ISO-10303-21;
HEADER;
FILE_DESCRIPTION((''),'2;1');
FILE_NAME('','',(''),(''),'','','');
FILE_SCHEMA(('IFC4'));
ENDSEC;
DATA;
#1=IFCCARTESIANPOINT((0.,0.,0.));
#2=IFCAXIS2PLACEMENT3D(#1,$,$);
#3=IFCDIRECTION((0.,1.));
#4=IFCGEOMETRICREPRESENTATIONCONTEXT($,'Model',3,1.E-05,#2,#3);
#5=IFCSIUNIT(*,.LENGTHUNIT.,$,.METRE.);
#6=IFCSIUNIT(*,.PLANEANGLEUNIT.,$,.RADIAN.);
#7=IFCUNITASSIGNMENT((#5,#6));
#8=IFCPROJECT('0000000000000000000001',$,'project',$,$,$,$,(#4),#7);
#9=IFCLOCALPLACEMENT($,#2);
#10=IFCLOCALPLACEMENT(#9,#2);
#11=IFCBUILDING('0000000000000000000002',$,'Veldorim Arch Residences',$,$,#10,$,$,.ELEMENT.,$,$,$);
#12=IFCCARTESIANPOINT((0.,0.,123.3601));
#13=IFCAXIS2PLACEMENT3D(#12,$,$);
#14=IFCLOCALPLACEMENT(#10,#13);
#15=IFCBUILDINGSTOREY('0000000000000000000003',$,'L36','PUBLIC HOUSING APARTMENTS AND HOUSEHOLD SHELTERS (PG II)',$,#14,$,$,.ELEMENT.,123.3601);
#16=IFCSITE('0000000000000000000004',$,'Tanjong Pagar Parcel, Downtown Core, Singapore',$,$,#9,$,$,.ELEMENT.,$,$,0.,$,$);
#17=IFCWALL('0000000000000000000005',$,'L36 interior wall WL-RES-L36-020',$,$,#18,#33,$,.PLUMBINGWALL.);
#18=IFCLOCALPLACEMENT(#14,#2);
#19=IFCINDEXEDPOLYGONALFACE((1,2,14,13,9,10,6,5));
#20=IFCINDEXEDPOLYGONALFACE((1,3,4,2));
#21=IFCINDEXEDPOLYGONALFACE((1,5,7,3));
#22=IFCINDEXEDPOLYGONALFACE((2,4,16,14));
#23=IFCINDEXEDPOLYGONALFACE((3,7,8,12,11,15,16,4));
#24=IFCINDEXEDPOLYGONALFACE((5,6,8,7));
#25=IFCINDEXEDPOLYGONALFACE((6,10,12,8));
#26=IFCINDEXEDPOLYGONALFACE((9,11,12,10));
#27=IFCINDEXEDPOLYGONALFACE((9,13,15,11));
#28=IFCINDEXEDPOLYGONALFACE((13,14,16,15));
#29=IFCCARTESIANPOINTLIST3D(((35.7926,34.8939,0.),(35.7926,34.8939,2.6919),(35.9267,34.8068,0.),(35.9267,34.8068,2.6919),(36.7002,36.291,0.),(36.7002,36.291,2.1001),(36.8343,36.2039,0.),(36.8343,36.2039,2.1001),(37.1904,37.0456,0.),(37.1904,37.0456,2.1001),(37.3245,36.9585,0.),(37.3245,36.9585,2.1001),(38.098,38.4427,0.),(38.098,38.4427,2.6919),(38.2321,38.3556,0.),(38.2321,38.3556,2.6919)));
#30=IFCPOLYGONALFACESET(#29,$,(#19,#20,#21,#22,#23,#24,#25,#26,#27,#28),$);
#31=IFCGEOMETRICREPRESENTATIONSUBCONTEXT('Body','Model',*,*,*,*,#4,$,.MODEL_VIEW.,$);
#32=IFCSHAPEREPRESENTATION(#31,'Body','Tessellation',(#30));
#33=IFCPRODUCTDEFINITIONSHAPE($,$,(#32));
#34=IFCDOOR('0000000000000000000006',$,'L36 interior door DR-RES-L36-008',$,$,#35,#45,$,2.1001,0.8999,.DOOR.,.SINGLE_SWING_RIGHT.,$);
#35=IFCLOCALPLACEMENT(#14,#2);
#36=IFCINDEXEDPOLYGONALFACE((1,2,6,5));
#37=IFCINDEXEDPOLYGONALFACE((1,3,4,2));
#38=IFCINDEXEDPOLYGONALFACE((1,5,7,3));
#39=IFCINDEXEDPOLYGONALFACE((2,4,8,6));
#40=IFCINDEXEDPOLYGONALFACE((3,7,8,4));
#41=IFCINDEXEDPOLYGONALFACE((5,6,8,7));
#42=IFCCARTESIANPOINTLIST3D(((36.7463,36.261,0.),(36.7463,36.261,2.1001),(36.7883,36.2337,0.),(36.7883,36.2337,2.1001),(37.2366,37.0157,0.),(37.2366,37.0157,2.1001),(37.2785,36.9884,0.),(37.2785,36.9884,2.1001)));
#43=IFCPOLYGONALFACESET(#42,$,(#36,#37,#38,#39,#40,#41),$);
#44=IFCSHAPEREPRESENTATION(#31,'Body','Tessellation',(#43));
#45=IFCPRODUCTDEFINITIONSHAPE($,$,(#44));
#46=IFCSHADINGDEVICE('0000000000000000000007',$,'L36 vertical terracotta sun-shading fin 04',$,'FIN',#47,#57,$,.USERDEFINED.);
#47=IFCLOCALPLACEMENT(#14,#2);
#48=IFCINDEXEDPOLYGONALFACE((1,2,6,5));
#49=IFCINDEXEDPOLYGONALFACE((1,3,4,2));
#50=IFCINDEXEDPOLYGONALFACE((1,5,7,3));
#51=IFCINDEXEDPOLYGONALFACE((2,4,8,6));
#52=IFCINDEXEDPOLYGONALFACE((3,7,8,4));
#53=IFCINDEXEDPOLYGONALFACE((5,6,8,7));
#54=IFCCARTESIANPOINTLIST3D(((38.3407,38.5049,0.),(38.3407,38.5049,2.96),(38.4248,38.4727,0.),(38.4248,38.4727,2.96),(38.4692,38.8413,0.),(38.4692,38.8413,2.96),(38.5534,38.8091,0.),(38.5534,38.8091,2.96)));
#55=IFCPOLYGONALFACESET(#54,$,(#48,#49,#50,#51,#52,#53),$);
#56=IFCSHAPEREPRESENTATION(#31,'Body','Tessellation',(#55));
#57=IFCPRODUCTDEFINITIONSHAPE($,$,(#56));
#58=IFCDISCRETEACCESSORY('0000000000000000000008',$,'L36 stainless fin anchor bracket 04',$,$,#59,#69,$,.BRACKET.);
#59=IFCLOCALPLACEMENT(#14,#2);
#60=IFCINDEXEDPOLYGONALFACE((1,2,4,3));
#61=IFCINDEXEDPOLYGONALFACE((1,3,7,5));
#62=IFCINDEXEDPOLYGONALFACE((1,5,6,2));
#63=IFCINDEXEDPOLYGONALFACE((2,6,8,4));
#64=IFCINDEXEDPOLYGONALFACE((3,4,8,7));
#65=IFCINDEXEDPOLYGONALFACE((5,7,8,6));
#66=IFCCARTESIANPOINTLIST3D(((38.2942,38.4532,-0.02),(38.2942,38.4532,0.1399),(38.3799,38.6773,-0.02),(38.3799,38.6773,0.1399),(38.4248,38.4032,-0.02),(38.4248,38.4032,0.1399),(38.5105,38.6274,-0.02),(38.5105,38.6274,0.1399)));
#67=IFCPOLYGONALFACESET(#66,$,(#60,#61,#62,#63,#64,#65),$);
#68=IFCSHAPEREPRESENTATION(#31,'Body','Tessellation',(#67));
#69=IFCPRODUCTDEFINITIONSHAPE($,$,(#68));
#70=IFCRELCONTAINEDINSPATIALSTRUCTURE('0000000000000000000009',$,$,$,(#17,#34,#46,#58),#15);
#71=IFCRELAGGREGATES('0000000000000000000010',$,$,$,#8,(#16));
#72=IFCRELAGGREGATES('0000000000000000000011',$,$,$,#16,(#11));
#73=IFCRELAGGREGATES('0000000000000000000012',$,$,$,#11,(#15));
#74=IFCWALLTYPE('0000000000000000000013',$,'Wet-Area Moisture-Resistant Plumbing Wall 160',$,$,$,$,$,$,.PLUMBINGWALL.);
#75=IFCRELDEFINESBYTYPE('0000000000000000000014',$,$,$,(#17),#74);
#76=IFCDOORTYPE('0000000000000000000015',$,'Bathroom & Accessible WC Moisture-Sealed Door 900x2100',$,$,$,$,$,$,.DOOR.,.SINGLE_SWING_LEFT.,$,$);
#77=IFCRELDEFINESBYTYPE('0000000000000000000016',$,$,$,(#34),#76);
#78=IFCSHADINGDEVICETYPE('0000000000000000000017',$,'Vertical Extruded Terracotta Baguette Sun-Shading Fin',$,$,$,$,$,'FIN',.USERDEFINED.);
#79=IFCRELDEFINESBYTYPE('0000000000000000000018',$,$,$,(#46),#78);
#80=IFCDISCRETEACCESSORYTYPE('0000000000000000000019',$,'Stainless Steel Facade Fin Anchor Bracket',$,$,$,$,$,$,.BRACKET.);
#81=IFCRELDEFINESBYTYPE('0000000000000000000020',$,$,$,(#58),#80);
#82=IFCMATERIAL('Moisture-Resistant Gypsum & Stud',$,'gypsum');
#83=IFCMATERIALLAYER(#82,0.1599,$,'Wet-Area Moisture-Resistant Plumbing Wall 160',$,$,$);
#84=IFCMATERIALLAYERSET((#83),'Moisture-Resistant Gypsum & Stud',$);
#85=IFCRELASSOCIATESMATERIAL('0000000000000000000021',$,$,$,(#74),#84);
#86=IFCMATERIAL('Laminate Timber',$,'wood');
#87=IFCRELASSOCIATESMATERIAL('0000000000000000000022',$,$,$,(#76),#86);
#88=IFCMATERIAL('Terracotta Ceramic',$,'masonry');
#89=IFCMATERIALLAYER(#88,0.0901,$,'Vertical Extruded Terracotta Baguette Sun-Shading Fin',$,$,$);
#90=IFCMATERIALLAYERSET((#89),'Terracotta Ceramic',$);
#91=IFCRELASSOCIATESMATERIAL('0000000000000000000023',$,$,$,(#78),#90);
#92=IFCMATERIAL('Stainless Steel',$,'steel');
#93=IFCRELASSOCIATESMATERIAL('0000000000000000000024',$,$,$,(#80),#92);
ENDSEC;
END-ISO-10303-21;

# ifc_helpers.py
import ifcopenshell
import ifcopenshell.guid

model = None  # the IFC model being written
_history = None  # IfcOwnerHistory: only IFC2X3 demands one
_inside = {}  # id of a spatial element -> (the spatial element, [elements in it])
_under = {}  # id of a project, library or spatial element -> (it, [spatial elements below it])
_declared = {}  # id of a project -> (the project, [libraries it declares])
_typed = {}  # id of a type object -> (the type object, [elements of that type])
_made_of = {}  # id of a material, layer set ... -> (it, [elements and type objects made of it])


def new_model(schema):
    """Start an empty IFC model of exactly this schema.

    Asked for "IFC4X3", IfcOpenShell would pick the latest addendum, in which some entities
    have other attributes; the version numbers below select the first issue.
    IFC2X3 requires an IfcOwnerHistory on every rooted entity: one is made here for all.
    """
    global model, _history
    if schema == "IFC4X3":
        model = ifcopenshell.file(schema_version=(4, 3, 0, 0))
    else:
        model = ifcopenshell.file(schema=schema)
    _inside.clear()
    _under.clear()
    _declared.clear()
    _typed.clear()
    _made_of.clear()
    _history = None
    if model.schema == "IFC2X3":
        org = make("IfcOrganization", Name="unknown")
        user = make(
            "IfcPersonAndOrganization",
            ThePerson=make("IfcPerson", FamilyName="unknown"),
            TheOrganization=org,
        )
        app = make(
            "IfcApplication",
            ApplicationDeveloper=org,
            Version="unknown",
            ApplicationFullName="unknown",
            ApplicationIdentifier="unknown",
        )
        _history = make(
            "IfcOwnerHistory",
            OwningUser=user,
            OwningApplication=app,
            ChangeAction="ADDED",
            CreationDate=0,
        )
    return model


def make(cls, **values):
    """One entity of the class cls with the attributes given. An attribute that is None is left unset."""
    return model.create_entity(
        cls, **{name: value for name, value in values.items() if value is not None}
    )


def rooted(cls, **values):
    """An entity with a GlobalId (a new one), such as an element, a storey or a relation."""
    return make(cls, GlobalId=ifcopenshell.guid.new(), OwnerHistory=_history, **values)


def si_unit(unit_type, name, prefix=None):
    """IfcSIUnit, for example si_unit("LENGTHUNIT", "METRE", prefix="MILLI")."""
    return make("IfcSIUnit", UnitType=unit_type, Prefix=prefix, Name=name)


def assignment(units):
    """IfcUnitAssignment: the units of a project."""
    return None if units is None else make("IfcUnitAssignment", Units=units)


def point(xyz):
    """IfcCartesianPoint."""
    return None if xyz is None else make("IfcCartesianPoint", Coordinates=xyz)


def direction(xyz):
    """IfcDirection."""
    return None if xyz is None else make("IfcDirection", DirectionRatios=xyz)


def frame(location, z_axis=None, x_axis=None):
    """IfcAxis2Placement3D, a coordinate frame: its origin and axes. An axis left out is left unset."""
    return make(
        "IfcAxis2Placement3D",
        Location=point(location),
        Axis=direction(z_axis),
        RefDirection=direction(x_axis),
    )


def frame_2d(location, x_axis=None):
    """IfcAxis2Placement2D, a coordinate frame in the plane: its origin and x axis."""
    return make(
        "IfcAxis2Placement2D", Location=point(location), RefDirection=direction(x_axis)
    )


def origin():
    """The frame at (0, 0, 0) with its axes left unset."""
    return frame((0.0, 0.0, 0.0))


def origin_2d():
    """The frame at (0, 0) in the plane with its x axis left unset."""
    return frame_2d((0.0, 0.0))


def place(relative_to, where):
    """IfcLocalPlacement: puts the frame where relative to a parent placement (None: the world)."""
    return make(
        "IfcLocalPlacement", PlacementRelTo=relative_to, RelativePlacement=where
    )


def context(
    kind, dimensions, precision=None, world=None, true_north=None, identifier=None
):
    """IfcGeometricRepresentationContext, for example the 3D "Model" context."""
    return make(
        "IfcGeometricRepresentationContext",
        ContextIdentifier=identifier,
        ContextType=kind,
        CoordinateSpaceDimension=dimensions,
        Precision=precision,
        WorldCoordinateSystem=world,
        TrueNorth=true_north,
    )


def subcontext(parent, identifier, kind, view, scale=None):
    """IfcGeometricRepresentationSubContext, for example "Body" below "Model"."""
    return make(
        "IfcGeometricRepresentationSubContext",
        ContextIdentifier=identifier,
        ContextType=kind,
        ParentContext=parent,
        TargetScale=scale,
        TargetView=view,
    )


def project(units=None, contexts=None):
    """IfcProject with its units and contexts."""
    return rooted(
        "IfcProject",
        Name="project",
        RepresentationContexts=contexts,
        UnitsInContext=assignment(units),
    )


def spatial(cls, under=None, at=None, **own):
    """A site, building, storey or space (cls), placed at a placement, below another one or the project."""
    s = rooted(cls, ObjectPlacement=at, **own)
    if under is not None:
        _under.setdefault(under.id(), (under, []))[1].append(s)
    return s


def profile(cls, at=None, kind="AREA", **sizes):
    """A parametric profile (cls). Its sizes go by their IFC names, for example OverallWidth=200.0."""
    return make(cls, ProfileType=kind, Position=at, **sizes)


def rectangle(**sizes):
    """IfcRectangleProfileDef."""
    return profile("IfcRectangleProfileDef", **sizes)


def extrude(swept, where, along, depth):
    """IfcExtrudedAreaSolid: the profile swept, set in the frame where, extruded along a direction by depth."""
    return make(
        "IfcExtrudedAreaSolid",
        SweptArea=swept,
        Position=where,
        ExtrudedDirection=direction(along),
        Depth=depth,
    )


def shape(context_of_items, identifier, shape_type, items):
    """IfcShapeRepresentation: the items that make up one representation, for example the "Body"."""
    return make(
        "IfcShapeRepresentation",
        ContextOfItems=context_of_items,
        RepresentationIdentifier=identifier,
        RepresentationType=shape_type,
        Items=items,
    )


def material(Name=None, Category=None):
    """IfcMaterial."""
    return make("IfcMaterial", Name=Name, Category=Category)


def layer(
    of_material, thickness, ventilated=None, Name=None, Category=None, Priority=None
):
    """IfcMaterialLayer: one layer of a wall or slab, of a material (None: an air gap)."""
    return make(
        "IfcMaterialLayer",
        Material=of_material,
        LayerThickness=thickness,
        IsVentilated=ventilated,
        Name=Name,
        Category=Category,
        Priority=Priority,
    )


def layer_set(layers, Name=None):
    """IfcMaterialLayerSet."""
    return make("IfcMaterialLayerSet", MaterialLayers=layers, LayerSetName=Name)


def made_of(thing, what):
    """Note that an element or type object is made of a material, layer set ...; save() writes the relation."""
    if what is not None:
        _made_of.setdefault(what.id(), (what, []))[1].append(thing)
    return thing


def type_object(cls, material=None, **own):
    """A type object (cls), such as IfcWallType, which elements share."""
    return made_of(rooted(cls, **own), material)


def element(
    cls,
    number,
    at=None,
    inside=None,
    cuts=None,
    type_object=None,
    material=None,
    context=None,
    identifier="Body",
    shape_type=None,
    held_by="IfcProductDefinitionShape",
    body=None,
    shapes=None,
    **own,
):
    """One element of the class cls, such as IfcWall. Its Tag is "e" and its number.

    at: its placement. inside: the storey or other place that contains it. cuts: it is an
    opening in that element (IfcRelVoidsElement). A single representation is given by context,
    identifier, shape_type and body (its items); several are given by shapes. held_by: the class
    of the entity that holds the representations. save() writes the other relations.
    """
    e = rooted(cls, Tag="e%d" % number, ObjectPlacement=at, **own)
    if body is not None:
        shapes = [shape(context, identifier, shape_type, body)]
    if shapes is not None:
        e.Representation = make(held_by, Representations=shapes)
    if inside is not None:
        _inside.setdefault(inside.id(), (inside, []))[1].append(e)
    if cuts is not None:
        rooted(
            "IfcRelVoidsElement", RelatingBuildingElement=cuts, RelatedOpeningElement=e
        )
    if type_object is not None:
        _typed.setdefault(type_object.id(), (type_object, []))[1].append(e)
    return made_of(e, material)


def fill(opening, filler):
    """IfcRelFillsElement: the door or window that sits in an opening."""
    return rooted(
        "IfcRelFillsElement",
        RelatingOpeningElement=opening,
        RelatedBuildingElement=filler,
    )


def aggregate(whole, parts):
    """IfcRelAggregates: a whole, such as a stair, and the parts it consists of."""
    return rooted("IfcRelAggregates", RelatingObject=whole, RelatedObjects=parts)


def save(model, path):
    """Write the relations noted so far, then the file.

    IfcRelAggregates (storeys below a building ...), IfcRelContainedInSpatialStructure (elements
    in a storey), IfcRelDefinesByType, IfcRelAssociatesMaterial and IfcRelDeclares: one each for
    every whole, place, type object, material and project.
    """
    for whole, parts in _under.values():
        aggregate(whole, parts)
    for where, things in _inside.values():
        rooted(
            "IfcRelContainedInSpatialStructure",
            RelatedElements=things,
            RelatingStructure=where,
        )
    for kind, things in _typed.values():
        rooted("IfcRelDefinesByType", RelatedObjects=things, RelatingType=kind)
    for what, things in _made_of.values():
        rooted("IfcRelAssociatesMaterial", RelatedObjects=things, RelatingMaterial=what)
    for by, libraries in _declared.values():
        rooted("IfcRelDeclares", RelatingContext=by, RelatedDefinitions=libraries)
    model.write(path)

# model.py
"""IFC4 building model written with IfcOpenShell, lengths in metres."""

from ifc_helpers import new_model, si_unit, direction, frame, frame_2d, origin, origin_2d, place, context, subcontext, project, spatial, rectangle, extrude, material, layer, layer_set, type_object, element, fill, save


model = new_model("IFC4")

# Units and contexts
model_context = context("Model", 3, precision=1e-05, world=origin(), true_north=direction((0.0, 1.0)))
body_context = subcontext(model_context, "Body", "Model", "MODEL_VIEW")
ifc_project = project(units=[si_unit("LENGTHUNIT", "METRE"), si_unit("PLANEANGLEUNIT", "RADIAN")], contexts=[model_context])

# Site, building, storey
site_placement = place(None, origin())
site = spatial("IfcSite", under=ifc_project, at=site_placement, Name="Tanjong Pagar Parcel, Downtown Core, Singapore", CompositionType="ELEMENT", RefElevation=0.0)
building_placement = place(site_placement, origin())
building = spatial("IfcBuilding", under=site, at=building_placement, Name="Veldorim Arch Residences", CompositionType="ELEMENT")
storey_placement = place(building_placement, frame((0.0, 0.0, 123.3601)))
storey = spatial("IfcBuildingStorey", under=building, at=storey_placement, Name="L36", Description="PUBLIC HOUSING APARTMENTS AND HOUSEHOLD SHELTERS (PG II)", CompositionType="ELEMENT", Elevation=123.3601)

# Wall, opening, door
ifc_material_1 = material(Name="Moisture-Resistant Gypsum & Stud", Category="gypsum")
ifc_layer_1 = layer(ifc_material_1, 0.1599, Name="Wet-Area Moisture-Resistant Plumbing Wall 160")
ifc_layer_set_1 = layer_set([ifc_layer_1], Name="Moisture-Resistant Gypsum & Stud")
wall_type_1 = type_object("IfcWallType", Name="Wet-Area Moisture-Resistant Plumbing Wall 160", PredefinedType="PLUMBINGWALL", material=ifc_layer_set_1)
wall_1_placement = place(storey_placement, frame((35.8596, 34.8503, 0.0), z_axis=(0.0, 0.0, 1.0), x_axis=(0.544769, 0.838586, 0.0)))
wall_1 = element("IfcWall", 1, at=wall_1_placement, inside=storey, type_object=wall_type_1, Name="L36 interior wall WL-RES-L36-020", PredefinedType="PLUMBINGWALL", context=body_context, shape_type="SweptSolid", body=[
    extrude(rectangle(XDim=4.2319, YDim=0.1599, at=frame_2d((2.116, 0.0))), origin(), (0.0, 0.0, 1.0), 2.6919),
])
opening_1_placement = place(wall_1_placement, frame((1.666, 0.0, 0.0)))
opening_1 = element("IfcOpeningElement", 2, at=opening_1_placement, cuts=wall_1, PredefinedType="OPENING", context=body_context, shape_type="SweptSolid", body=[
    extrude(rectangle(XDim=0.8999, YDim=2.1001, at=frame_2d((0.45, 1.05))), frame((0.0, 0.0898, 0.0), z_axis=(0.0, -1.0, 0.0), x_axis=(1.0, 0.0, 0.0)), (0.0, 0.0, 1.0), 0.1799),
])
ifc_material_2 = material(Name="Laminate Timber", Category="wood")
door_type = type_object("IfcDoorType", Name="Bathroom & Accessible WC Moisture-Sealed Door 900x2100", OperationType="SINGLE_SWING_LEFT", PredefinedType="DOOR", material=ifc_material_2)
door_placement = place(opening_1_placement, origin())
door = element("IfcDoor", 3, at=door_placement, inside=storey, type_object=door_type, Name="L36 interior door DR-RES-L36-008", OperationType="SINGLE_SWING_RIGHT", OverallHeight=2.1001, OverallWidth=0.8999, PredefinedType="DOOR", context=body_context, shape_type="SweptSolid", body=[
    extrude(rectangle(XDim=0.8999, YDim=2.1001, at=frame_2d((0.45, 1.05))), frame((0.0, 0.0249, 0.0), z_axis=(0.0, -1.0, 0.0), x_axis=(1.0, 0.0, 0.0)), (0.0, 0.0, 1.0), 0.05),
])
fill(opening_1, door)

# Shading device
ifc_material_3 = material(Name="Terracotta Ceramic", Category="masonry")
ifc_layer_2 = layer(ifc_material_3, 0.0901, Name="Vertical Extruded Terracotta Baguette Sun-Shading Fin")
ifc_layer_set_2 = layer_set([ifc_layer_2], Name="Terracotta Ceramic")
shading_device_type = type_object("IfcShadingDeviceType", Name="Vertical Extruded Terracotta Baguette Sun-Shading Fin", ElementType="FIN", PredefinedType="USERDEFINED", material=ifc_layer_set_2)
shading_device_placement = place(storey_placement, frame((38.447, 38.657, 0.0), z_axis=(0.0, 0.0, 1.0), x_axis=(0.93408, -0.357064, 0.0)))
element("IfcShadingDevice", 4, at=shading_device_placement, inside=storey, type_object=shading_device_type, Name="L36 vertical terracotta sun-shading fin 04", ObjectType="FIN", PredefinedType="USERDEFINED", context=body_context, shape_type="SweptSolid", body=[
    extrude(rectangle(XDim=0.0901, YDim=0.3601, at=origin_2d()), origin(), (0.0, 0.0, 1.0), 2.96),
])

# Discrete accessory
ifc_material_4 = material(Name="Stainless Steel", Category="steel")
discrete_accessory_type = type_object("IfcDiscreteAccessoryType", Name="Stainless Steel Facade Fin Anchor Bracket", PredefinedType="BRACKET", material=ifc_material_4)
discrete_accessory_placement = place(storey_placement, frame((38.4023, 38.5403, -0.02), z_axis=(0.0, 0.0, 1.0), x_axis=(0.93408, -0.357064, 0.0)))
element("IfcDiscreteAccessory", 5, at=discrete_accessory_placement, inside=storey, type_object=discrete_accessory_type, Name="L36 stainless fin anchor bracket 04", PredefinedType="BRACKET", context=body_context, shape_type="SweptSolid", body=[
    extrude(rectangle(XDim=0.1399, YDim=0.24, at=origin_2d()), origin(), (0.0, 0.0, 1.0), 0.1599),
])

save(model, "model.ifc")
